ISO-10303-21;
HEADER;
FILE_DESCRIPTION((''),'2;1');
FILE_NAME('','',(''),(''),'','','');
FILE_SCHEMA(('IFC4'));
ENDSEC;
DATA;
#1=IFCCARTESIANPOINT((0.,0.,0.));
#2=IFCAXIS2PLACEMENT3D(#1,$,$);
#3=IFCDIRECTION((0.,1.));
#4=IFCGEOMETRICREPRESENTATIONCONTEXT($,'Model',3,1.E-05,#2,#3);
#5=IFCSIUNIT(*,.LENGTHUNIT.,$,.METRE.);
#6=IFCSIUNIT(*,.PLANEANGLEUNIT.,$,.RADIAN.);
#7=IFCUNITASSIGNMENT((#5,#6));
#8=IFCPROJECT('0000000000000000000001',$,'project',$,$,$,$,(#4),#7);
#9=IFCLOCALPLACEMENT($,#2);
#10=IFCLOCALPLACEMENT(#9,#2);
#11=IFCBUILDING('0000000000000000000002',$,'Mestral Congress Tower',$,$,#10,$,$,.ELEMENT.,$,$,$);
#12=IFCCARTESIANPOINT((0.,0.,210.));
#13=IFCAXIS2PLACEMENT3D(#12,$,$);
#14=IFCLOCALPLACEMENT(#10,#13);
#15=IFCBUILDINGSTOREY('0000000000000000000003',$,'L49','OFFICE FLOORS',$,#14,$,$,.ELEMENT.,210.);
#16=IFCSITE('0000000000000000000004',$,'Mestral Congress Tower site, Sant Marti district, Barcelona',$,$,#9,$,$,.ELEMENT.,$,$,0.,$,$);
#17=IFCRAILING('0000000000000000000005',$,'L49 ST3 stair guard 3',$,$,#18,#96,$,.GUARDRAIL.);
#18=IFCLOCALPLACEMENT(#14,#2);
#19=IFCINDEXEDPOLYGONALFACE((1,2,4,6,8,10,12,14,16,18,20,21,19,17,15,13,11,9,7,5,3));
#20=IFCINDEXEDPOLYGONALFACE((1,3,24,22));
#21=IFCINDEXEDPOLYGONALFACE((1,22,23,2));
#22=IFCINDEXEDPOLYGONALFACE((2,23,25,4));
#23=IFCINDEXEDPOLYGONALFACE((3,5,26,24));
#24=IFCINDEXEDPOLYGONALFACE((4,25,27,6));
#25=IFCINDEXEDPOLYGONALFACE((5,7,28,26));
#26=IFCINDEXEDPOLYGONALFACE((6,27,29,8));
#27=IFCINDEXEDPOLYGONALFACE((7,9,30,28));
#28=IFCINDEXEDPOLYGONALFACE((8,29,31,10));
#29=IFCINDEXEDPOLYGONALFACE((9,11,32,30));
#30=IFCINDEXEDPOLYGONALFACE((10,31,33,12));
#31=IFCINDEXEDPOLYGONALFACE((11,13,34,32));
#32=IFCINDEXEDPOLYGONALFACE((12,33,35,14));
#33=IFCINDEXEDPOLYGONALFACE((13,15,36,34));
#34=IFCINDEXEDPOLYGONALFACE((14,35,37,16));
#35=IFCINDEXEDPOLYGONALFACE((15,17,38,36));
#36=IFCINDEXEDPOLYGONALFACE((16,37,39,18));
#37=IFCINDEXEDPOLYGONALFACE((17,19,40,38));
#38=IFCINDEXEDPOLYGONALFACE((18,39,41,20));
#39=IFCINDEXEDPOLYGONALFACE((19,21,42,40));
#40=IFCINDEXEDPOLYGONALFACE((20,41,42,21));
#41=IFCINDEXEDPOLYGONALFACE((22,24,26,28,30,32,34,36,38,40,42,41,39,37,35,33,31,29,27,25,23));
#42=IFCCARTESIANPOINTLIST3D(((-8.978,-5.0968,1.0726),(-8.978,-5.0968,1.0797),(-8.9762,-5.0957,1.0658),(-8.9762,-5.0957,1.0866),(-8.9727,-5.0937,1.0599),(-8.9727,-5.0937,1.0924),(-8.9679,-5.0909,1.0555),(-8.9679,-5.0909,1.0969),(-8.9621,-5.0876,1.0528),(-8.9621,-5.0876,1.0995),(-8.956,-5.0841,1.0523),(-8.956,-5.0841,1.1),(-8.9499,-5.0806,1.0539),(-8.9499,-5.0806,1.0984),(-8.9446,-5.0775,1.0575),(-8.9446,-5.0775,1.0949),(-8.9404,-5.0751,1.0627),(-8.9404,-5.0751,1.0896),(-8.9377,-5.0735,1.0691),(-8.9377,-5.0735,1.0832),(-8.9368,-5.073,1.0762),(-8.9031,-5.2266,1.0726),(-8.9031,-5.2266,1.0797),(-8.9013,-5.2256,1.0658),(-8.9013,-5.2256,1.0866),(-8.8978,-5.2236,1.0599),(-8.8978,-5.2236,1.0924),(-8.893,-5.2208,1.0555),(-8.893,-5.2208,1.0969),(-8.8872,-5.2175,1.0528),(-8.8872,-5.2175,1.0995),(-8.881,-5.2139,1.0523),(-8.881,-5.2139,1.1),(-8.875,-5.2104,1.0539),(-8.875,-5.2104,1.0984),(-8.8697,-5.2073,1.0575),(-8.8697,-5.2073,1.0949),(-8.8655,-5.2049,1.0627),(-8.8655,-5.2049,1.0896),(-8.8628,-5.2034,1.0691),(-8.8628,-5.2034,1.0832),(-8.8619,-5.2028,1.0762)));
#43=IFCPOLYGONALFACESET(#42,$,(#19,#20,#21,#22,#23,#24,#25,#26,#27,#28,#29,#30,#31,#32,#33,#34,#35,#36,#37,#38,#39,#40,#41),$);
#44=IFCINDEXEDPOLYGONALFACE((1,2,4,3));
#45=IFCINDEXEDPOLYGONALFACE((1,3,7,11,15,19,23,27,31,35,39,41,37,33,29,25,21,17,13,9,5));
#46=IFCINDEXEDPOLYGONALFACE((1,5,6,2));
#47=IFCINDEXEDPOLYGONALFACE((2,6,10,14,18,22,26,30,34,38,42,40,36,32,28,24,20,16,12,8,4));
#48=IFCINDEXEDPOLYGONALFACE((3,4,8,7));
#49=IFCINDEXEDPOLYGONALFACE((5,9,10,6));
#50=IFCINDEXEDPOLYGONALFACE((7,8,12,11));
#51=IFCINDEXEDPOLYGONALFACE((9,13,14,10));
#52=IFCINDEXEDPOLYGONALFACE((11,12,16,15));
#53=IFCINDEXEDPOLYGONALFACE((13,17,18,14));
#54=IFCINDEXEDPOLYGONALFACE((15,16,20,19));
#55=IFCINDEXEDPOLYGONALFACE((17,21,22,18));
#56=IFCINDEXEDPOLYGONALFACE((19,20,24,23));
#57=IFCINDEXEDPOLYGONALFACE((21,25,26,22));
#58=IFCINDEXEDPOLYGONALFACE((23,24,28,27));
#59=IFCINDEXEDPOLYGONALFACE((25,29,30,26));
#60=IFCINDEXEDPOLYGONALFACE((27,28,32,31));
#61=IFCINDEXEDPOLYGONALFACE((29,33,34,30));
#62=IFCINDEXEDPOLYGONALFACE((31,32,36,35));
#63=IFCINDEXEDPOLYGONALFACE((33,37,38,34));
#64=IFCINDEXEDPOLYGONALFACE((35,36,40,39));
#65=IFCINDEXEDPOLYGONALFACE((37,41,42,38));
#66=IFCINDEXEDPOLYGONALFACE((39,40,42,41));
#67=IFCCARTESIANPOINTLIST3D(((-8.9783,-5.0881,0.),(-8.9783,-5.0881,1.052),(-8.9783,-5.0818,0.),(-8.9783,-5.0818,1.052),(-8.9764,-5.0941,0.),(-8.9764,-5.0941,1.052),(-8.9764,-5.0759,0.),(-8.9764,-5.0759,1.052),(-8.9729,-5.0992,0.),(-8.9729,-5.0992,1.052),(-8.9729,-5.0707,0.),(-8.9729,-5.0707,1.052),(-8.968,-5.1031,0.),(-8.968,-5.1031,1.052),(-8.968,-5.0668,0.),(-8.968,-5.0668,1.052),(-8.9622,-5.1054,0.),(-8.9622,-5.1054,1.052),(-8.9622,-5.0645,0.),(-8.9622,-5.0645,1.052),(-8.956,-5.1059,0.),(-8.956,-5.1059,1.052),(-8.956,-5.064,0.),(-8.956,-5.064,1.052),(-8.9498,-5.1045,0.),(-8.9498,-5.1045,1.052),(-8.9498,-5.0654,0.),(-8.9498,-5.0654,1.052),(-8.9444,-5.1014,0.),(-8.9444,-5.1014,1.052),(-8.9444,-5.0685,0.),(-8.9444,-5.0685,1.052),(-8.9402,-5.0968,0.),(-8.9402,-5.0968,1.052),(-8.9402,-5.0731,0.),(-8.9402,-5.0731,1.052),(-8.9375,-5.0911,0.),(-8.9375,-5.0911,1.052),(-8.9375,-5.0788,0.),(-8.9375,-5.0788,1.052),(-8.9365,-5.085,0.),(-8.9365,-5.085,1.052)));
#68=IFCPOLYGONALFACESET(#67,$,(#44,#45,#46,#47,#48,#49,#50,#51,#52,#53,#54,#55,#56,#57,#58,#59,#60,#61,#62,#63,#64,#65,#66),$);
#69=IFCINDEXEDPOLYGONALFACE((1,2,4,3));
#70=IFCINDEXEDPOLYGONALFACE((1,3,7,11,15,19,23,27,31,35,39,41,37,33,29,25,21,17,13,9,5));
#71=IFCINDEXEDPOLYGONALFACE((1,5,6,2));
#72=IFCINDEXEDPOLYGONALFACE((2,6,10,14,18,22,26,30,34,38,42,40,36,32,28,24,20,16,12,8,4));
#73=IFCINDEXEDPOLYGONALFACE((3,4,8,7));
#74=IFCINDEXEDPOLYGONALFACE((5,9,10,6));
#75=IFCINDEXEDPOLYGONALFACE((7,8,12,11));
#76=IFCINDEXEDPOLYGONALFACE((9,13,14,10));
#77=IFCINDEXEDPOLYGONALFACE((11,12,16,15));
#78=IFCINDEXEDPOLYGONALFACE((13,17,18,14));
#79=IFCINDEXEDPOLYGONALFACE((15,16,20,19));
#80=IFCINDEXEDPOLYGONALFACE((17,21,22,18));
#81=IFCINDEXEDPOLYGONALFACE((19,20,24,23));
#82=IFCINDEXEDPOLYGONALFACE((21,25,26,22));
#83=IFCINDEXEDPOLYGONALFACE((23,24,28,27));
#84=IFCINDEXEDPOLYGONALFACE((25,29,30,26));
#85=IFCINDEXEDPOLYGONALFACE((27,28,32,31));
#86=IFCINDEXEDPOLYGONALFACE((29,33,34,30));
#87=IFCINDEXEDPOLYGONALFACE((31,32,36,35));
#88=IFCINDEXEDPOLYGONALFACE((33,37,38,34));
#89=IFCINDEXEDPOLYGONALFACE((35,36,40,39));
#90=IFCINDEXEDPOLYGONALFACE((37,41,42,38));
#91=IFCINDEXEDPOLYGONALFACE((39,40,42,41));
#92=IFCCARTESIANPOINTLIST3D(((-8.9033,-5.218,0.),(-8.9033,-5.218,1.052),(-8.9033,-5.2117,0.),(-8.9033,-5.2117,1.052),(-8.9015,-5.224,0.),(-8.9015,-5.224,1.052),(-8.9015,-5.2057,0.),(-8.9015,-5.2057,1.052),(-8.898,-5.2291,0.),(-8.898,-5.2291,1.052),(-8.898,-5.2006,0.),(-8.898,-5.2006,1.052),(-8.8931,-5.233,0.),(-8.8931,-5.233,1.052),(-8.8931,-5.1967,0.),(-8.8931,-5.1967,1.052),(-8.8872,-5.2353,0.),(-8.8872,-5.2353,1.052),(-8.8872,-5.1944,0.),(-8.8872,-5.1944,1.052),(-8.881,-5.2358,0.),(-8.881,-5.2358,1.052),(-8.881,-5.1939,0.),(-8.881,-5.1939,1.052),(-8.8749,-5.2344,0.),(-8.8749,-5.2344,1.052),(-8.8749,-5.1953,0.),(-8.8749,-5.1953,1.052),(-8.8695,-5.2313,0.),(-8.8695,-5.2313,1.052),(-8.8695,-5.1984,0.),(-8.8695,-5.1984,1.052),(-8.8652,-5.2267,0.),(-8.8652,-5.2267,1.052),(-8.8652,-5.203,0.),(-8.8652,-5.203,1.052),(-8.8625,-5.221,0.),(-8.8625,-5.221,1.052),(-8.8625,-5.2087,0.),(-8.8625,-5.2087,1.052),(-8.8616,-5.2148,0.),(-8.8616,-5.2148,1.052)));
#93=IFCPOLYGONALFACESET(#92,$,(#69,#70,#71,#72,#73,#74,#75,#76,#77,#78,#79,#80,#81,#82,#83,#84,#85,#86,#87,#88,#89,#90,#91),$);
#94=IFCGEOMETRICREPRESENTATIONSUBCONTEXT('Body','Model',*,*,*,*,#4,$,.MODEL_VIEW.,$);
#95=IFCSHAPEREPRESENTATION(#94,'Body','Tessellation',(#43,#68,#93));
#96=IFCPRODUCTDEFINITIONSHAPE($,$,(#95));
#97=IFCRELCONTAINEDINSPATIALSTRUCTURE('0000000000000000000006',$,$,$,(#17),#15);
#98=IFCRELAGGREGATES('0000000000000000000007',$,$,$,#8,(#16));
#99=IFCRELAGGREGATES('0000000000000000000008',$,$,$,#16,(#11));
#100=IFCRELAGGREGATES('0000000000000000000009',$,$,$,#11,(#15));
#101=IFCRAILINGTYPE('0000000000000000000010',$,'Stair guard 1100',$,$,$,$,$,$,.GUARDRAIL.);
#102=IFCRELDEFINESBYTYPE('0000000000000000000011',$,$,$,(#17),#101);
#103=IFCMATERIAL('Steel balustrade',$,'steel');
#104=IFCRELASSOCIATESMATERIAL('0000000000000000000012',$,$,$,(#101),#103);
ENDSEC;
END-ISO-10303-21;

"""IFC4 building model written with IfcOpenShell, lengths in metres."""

from ifc_helpers import new_model, si_unit, direction, frame, origin, origin_2d, place, context, subcontext, project, spatial, circle, extrude, material, type_object, element, save


model = new_model("IFC4")

# Units and contexts
model_context = context("Model", 3, precision=1e-05, world=origin(), true_north=direction((0.0, 1.0)))
body_context = subcontext(model_context, "Body", "Model", "MODEL_VIEW")
ifc_project = project(units=[si_unit("LENGTHUNIT", "METRE"), si_unit("PLANEANGLEUNIT", "RADIAN")], contexts=[model_context])

# Site, building, storey
site_placement = place(None, origin())
site = spatial("IfcSite", under=ifc_project, at=site_placement, Name="Mestral Congress Tower site, Sant Marti district, Barcelona", CompositionType="ELEMENT", RefElevation=0.0)
building_placement = place(site_placement, origin())
building = spatial("IfcBuilding", under=site, at=building_placement, Name="Mestral Congress Tower", CompositionType="ELEMENT")
storey_placement = place(building_placement, frame((0.0, 0.0, 210.0)))
storey = spatial("IfcBuildingStorey", under=building, at=storey_placement, Name="L49", Description="OFFICE FLOORS", CompositionType="ELEMENT", Elevation=210.0)

# Railing
ifc_material_1 = material(Name="Steel balustrade", Category="steel")
railing_type_1 = type_object("IfcRailingType", Name="Stair guard 1100", PredefinedType="GUARDRAIL", material=ifc_material_1)
railing_1_placement = place(storey_placement, frame((-8.9575, -5.085, 0.0)))
element("IfcRailing", 1, at=railing_1_placement, inside=storey, type_object=railing_type_1, Name="L49 ST3 stair guard 3", PredefinedType="GUARDRAIL", context=body_context, shape_type="SweptSolid", body=[
    extrude(circle(Radius=0.0239, at=origin_2d()), frame((0.0, 0.0, 1.0762), z_axis=(0.499816, -0.866131, 0.0), x_axis=(0.866131, 0.499816, 0.0)), (0.0, 0.0, 1.0), 0.1499),
    extrude(circle(Radius=0.021, at=origin_2d()), origin(), (0.0, 0.0, 1.0), 1.052),
    extrude(circle(Radius=0.021, at=origin_2d()), frame((0.075, -0.1299, 0.0)), (0.0, 0.0, 1.0), 1.052),
])

save(model, "model.ifc")
